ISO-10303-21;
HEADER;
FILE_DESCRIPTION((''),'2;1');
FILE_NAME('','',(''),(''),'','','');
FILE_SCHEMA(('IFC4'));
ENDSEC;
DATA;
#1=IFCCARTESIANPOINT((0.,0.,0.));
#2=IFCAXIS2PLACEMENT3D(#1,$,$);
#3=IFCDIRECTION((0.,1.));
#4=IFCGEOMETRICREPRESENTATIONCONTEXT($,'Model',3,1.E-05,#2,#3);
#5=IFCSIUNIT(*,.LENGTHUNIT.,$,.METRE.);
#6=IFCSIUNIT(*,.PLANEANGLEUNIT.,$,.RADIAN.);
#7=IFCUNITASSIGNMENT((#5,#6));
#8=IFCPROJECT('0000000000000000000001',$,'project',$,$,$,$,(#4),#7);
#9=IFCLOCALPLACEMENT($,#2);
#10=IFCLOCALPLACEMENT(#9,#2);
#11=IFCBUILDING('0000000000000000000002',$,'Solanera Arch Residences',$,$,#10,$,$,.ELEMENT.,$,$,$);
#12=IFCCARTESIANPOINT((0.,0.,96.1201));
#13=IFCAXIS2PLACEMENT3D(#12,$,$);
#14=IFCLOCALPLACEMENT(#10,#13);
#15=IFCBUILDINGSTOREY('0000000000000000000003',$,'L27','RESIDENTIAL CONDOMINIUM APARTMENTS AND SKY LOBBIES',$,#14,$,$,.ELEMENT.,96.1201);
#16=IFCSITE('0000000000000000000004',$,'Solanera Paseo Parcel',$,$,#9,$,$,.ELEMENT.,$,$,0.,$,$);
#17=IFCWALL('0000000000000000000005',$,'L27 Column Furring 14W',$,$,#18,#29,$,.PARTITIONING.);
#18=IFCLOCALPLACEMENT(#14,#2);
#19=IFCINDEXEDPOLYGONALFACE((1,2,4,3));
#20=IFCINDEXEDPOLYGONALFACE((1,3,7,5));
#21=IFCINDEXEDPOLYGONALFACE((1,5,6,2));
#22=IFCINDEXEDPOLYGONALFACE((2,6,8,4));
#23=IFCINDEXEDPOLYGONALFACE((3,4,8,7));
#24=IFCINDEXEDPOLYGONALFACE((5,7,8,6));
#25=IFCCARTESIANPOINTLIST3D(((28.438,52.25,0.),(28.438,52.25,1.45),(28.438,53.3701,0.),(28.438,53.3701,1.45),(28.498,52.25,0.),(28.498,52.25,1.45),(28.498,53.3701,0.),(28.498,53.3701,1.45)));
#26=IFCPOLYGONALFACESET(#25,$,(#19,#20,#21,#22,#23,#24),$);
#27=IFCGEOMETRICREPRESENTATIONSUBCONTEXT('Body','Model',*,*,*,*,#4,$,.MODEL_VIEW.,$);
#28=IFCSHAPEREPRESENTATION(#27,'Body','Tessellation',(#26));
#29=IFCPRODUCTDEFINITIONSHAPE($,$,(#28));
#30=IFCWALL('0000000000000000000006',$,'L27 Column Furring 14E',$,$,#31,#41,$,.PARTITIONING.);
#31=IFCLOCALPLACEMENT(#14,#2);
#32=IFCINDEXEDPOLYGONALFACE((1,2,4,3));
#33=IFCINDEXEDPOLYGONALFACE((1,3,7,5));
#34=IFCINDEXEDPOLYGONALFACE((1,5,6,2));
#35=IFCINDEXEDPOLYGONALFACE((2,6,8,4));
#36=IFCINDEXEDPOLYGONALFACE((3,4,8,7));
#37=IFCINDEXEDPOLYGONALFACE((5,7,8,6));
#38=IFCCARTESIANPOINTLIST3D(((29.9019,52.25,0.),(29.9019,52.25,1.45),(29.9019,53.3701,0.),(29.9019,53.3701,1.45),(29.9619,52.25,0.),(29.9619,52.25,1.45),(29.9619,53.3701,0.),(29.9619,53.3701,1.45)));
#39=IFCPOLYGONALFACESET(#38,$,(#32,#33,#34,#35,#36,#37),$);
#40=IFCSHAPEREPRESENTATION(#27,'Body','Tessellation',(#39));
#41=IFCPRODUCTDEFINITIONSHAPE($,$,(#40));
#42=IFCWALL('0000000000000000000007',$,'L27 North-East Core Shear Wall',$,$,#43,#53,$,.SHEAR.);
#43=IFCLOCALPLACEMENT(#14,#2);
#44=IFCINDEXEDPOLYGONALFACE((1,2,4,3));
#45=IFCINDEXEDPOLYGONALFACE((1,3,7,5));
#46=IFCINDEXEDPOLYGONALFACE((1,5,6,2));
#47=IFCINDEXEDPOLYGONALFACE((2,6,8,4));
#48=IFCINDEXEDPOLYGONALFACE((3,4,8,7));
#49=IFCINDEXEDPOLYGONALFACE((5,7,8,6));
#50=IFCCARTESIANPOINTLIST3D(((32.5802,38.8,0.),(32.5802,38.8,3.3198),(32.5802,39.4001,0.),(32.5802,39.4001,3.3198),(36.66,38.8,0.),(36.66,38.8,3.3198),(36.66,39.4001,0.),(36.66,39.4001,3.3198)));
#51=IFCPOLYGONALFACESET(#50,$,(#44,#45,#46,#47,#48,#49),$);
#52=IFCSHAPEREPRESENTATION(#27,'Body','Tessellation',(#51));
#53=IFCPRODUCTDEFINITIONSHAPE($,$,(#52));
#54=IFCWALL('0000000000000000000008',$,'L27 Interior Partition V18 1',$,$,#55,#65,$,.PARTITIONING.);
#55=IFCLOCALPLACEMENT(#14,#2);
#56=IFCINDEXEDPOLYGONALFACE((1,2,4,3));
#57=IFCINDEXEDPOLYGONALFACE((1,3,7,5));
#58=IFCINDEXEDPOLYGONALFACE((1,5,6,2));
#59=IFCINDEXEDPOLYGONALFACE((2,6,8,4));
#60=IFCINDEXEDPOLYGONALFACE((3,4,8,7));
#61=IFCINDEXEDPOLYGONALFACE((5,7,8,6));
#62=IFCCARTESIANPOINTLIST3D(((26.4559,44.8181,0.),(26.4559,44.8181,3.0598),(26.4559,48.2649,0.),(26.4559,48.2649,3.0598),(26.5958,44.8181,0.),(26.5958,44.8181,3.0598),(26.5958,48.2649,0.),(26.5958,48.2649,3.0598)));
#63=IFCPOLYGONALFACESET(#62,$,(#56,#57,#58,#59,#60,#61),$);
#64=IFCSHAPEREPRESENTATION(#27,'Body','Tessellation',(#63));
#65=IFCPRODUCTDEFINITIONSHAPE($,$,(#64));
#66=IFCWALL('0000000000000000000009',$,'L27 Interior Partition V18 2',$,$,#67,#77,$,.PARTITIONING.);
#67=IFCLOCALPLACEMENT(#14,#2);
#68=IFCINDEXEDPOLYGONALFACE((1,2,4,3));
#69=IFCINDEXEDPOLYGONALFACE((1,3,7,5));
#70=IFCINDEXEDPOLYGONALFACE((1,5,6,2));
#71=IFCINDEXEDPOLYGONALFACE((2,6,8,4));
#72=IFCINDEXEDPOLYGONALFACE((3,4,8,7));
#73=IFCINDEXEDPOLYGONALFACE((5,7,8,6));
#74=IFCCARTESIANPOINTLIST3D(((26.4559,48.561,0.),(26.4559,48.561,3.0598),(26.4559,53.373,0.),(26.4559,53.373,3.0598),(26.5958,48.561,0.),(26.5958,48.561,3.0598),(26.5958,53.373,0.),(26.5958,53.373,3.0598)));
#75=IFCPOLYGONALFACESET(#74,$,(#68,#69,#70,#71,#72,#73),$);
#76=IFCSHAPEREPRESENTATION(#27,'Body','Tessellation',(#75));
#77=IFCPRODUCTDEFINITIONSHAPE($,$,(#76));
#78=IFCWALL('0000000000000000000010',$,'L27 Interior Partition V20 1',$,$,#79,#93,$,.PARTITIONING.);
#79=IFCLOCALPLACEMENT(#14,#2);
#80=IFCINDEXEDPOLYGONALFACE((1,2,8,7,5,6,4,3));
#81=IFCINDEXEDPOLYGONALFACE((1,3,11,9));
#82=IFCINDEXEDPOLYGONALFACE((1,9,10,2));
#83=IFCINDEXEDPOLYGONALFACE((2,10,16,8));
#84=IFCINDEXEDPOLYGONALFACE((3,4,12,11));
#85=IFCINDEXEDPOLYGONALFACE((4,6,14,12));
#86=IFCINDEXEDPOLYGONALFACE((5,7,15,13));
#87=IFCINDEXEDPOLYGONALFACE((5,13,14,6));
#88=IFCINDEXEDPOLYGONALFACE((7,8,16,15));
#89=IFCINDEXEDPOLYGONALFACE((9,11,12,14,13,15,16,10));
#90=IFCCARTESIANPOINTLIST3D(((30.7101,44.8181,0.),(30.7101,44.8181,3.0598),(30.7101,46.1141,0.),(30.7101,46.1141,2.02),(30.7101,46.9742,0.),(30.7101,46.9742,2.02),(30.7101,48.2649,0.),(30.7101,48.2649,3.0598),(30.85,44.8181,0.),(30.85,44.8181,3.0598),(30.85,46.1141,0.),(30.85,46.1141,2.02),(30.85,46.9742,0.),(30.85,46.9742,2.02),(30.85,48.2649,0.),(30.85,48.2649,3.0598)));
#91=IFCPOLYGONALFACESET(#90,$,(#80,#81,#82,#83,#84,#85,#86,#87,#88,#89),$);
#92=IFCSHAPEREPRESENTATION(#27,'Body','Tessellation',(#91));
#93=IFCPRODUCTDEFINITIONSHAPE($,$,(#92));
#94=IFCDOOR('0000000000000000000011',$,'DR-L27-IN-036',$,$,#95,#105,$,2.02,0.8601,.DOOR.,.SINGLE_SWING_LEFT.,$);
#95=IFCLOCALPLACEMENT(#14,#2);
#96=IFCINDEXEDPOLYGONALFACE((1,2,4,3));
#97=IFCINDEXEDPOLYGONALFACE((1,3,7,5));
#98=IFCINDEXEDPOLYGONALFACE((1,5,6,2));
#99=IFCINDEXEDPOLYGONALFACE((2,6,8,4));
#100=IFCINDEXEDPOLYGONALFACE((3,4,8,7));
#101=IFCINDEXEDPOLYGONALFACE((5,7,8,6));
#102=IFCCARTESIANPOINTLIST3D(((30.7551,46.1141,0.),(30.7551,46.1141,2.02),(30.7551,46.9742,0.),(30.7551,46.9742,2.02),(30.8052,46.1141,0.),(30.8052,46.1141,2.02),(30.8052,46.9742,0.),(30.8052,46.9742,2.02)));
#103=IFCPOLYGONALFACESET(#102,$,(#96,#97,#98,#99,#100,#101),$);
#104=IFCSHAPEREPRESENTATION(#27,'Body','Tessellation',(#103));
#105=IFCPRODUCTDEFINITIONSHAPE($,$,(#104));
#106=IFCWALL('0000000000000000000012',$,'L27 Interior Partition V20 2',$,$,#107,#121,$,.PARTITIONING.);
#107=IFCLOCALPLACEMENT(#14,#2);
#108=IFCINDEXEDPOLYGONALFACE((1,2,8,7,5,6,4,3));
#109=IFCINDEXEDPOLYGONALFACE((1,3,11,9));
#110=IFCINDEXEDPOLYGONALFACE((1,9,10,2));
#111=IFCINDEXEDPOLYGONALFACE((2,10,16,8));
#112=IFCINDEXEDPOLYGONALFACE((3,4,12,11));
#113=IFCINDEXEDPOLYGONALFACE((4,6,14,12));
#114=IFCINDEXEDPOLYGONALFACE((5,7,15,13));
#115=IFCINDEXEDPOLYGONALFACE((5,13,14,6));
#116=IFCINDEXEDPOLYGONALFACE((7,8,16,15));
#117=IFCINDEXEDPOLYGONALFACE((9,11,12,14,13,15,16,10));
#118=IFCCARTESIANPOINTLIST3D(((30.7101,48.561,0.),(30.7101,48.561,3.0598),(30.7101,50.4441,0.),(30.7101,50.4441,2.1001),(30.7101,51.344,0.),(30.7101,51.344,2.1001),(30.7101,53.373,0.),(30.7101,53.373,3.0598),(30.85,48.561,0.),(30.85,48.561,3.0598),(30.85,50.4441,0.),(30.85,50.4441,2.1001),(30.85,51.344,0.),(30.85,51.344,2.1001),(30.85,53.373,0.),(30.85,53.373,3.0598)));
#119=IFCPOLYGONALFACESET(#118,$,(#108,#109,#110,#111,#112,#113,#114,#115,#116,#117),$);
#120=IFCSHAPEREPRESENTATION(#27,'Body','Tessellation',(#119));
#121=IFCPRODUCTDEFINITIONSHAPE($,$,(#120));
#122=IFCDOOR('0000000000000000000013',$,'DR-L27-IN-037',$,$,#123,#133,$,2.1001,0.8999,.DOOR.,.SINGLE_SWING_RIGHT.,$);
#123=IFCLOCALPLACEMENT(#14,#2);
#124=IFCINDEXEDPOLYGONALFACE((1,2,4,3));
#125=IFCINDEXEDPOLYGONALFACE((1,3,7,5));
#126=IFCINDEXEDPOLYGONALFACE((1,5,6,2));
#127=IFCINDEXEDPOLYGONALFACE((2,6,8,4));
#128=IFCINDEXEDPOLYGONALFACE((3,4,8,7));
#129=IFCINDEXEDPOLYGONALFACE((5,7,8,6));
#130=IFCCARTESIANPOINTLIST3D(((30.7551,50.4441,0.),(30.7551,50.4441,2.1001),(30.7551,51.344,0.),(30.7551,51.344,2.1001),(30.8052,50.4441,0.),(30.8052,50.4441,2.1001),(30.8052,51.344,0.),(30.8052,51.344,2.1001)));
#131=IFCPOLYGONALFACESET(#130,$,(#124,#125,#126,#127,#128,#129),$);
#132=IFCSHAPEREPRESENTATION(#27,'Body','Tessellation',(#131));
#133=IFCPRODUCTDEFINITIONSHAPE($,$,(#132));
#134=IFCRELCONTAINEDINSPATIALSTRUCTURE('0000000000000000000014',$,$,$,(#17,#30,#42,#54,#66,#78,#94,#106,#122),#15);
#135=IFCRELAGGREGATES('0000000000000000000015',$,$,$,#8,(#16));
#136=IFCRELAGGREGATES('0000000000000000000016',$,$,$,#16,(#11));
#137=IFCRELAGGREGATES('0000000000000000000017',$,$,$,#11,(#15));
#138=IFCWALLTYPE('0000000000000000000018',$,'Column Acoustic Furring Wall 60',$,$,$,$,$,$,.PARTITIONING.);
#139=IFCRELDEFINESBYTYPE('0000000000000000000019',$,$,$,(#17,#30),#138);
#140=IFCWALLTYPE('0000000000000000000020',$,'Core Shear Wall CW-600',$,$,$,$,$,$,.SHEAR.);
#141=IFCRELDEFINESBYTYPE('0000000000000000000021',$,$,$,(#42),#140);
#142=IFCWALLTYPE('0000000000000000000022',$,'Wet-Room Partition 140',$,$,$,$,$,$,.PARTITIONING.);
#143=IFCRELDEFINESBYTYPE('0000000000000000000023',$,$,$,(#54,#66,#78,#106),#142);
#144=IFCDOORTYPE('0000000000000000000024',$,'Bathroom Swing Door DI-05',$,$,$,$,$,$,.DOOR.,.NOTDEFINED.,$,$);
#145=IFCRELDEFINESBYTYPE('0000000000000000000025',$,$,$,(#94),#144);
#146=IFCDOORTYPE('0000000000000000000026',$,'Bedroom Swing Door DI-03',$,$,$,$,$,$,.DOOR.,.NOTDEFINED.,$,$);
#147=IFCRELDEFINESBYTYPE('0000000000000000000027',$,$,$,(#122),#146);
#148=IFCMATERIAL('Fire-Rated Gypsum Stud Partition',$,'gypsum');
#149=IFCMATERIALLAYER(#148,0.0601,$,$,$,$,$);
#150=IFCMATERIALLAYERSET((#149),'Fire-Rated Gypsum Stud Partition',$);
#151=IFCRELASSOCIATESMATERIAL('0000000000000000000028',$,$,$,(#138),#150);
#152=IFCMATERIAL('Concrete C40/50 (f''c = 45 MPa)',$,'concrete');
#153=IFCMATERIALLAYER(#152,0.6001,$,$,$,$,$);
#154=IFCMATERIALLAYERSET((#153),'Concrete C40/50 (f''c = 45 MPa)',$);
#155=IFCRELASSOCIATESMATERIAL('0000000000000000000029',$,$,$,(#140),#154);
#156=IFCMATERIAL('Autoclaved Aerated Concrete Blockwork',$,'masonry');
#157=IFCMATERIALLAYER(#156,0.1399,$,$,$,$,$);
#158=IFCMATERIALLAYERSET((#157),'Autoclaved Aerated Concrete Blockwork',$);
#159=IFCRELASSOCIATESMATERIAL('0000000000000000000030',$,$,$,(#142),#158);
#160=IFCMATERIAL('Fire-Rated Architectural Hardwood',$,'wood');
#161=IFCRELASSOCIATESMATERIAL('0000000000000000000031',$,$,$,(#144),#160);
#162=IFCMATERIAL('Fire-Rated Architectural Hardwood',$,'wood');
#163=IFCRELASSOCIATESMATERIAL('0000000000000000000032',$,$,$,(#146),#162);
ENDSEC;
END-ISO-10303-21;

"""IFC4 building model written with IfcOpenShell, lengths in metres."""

from ifc_helpers import new_model, si_unit, direction, frame, frame_2d, origin, place, context, subcontext, project, spatial, rectangle, extrude, material, layer, layer_set, type_object, element, fill, save


model = new_model("IFC4")

# Units and contexts
model_context = context("Model", 3, precision=1e-05, world=origin(), true_north=direction((0.0, 1.0)))
body_context = subcontext(model_context, "Body", "Model", "MODEL_VIEW")
ifc_project = project(units=[si_unit("LENGTHUNIT", "METRE"), si_unit("PLANEANGLEUNIT", "RADIAN")], contexts=[model_context])

# Site, building, storey
site_placement = place(None, origin())
site = spatial("IfcSite", under=ifc_project, at=site_placement, Name="Solanera Paseo Parcel", CompositionType="ELEMENT", RefElevation=0.0)
building_placement = place(site_placement, origin())
building = spatial("IfcBuilding", under=site, at=building_placement, Name="Solanera Arch Residences", CompositionType="ELEMENT")
storey_placement = place(building_placement, frame((0.0, 0.0, 96.1201)))
storey = spatial("IfcBuildingStorey", under=building, at=storey_placement, Name="L27", Description="RESIDENTIAL CONDOMINIUM APARTMENTS AND SKY LOBBIES", CompositionType="ELEMENT", Elevation=96.1201)

# Walls
ifc_material_1 = material(Name="Fire-Rated Gypsum Stud Partition", Category="gypsum")
ifc_layer_1 = layer(ifc_material_1, 0.0601)
ifc_layer_set_1 = layer_set([ifc_layer_1], Name="Fire-Rated Gypsum Stud Partition")
wall_type_1 = type_object("IfcWallType", Name="Column Acoustic Furring Wall 60", PredefinedType="PARTITIONING", material=ifc_layer_set_1)
for number, where, z_axis, x_axis, name in (
    (1, (28.468, 52.25, 0.0), (0.0, 0.0, 1.0), (0.0, 1.0, 0.0), "L27 Column Furring 14W"),
    (2, (29.9319, 52.25, 0.0), (0.0, 0.0, 1.0), (0.0, 1.0, 0.0), "L27 Column Furring 14E"),
):
    element("IfcWall", number, at=place(storey_placement, frame(where, z_axis=z_axis, x_axis=x_axis)), inside=storey, type_object=wall_type_1, Name=name, PredefinedType="PARTITIONING", context=body_context, shape_type="SweptSolid", body=[
        extrude(rectangle(XDim=1.1201, YDim=0.0601, at=frame_2d((0.5601, 0.0))), origin(), (0.0, 0.0, 1.0), 1.45),
    ])
ifc_material_2 = material(Name="Concrete C40/50 (f'c = 45 MPa)", Category="concrete")
ifc_layer_2 = layer(ifc_material_2, 0.6001)
ifc_layer_set_2 = layer_set([ifc_layer_2], Name="Concrete C40/50 (f'c = 45 MPa)")
wall_type_2 = type_object("IfcWallType", Name="Core Shear Wall CW-600", PredefinedType="SHEAR", material=ifc_layer_set_2)
wall_1_placement = place(storey_placement, frame((32.5801, 39.1001, 0.0), z_axis=(0.0, 0.0, 1.0), x_axis=(1.0, 0.0, 0.0)))
element("IfcWall", 3, at=wall_1_placement, inside=storey, type_object=wall_type_2, Name="L27 North-East Core Shear Wall", PredefinedType="SHEAR", context=body_context, shape_type="SweptSolid", body=[
    extrude(rectangle(XDim=4.0798, YDim=0.6001, at=frame_2d((2.04, 0.0))), origin(), (0.0, 0.0, 1.0), 3.3198),
])
ifc_material_3 = material(Name="Autoclaved Aerated Concrete Blockwork", Category="masonry")
ifc_layer_3 = layer(ifc_material_3, 0.1399)
ifc_layer_set_3 = layer_set([ifc_layer_3], Name="Autoclaved Aerated Concrete Blockwork")
wall_type_3 = type_object("IfcWallType", Name="Wet-Room Partition 140", PredefinedType="PARTITIONING", material=ifc_layer_set_3)
wall_2_placement = place(storey_placement, frame((26.5259, 44.8181, 0.0), z_axis=(0.0, 0.0, 1.0), x_axis=(0.0, 1.0, 0.0)))
element("IfcWall", 4, at=wall_2_placement, inside=storey, type_object=wall_type_3, Name="L27 Interior Partition V18 1", PredefinedType="PARTITIONING", context=body_context, shape_type="SweptSolid", body=[
    extrude(rectangle(XDim=3.4468, YDim=0.1399, at=frame_2d((1.7234, 0.0))), origin(), (0.0, 0.0, 1.0), 3.0598),
])
wall_3_placement = place(storey_placement, frame((26.5259, 48.561, 0.0), z_axis=(0.0, 0.0, 1.0), x_axis=(0.0, 1.0, 0.0)))
element("IfcWall", 5, at=wall_3_placement, inside=storey, type_object=wall_type_3, Name="L27 Interior Partition V18 2", PredefinedType="PARTITIONING", context=body_context, shape_type="SweptSolid", body=[
    extrude(rectangle(XDim=4.812, YDim=0.1399, at=frame_2d((2.406, 0.0))), origin(), (0.0, 0.0, 1.0), 3.0598),
])

# Walls, openings, doors
wall_4_placement = place(storey_placement, frame((30.78, 44.8181, 0.0), z_axis=(0.0, 0.0, 1.0), x_axis=(0.0, 1.0, 0.0)))
wall_4 = element("IfcWall", 6, at=wall_4_placement, inside=storey, type_object=wall_type_3, Name="L27 Interior Partition V20 1", PredefinedType="PARTITIONING", context=body_context, shape_type="SweptSolid", body=[
    extrude(rectangle(XDim=3.4468, YDim=0.1399, at=frame_2d((1.7234, 0.0))), origin(), (0.0, 0.0, 1.0), 3.0598),
])
opening_1_placement = place(wall_4_placement, frame((1.2959, 0.0, 0.0)))
opening_1 = element("IfcOpeningElement", 7, at=opening_1_placement, cuts=wall_4, PredefinedType="OPENING", context=body_context, shape_type="SweptSolid", body=[
    extrude(rectangle(XDim=0.8601, YDim=2.02, at=frame_2d((0.4302, 1.01))), frame((0.0, 0.0798, 0.0), z_axis=(0.0, -1.0, 0.0), x_axis=(1.0, 0.0, 0.0)), (0.0, 0.0, 1.0), 0.1599),
])
ifc_material_4 = material(Name="Fire-Rated Architectural Hardwood", Category="wood")
door_type_1 = type_object("IfcDoorType", Name="Bathroom Swing Door DI-05", OperationType="NOTDEFINED", PredefinedType="DOOR", material=ifc_material_4)
door_1_placement = place(opening_1_placement, origin())
door_1 = element("IfcDoor", 8, at=door_1_placement, inside=storey, type_object=door_type_1, Name="DR-L27-IN-036", OperationType="SINGLE_SWING_LEFT", OverallHeight=2.02, OverallWidth=0.8601, PredefinedType="DOOR", context=body_context, shape_type="SweptSolid", body=[
    extrude(rectangle(XDim=0.8601, YDim=2.02, at=frame_2d((0.4302, 1.01))), frame((0.0, 0.0249, 0.0), z_axis=(0.0, -1.0, 0.0), x_axis=(1.0, 0.0, 0.0)), (0.0, 0.0, 1.0), 0.05),
])
fill(opening_1, door_1)
wall_5_placement = place(storey_placement, frame((30.78, 48.561, 0.0), z_axis=(0.0, 0.0, 1.0), x_axis=(0.0, 1.0, 0.0)))
wall_5 = element("IfcWall", 9, at=wall_5_placement, inside=storey, type_object=wall_type_3, Name="L27 Interior Partition V20 2", PredefinedType="PARTITIONING", context=body_context, shape_type="SweptSolid", body=[
    extrude(rectangle(XDim=4.812, YDim=0.1399, at=frame_2d((2.406, 0.0))), origin(), (0.0, 0.0, 1.0), 3.0598),
])
opening_2_placement = place(wall_5_placement, frame((1.8831, 0.0, 0.0)))
opening_2 = element("IfcOpeningElement", 10, at=opening_2_placement, cuts=wall_5, PredefinedType="OPENING", context=body_context, shape_type="SweptSolid", body=[
    extrude(rectangle(XDim=0.8999, YDim=2.1001, at=frame_2d((0.45, 1.05))), frame((0.0, 0.0798, 0.0), z_axis=(0.0, -1.0, 0.0), x_axis=(1.0, 0.0, 0.0)), (0.0, 0.0, 1.0), 0.1599),
])
ifc_material_5 = material(Name="Fire-Rated Architectural Hardwood", Category="wood")
door_type_2 = type_object("IfcDoorType", Name="Bedroom Swing Door DI-03", OperationType="NOTDEFINED", PredefinedType="DOOR", material=ifc_material_5)
door_2_placement = place(opening_2_placement, origin())
door_2 = element("IfcDoor", 11, at=door_2_placement, inside=storey, type_object=door_type_2, Name="DR-L27-IN-037", OperationType="SINGLE_SWING_RIGHT", OverallHeight=2.1001, OverallWidth=0.8999, PredefinedType="DOOR", context=body_context, shape_type="SweptSolid", body=[
    extrude(rectangle(XDim=0.8999, YDim=2.1001, at=frame_2d((0.45, 1.05))), frame((0.0, 0.0249, 0.0), z_axis=(0.0, -1.0, 0.0), x_axis=(1.0, 0.0, 0.0)), (0.0, 0.0, 1.0), 0.05),
])
fill(opening_2, door_2)

save(model, "model.ifc")
